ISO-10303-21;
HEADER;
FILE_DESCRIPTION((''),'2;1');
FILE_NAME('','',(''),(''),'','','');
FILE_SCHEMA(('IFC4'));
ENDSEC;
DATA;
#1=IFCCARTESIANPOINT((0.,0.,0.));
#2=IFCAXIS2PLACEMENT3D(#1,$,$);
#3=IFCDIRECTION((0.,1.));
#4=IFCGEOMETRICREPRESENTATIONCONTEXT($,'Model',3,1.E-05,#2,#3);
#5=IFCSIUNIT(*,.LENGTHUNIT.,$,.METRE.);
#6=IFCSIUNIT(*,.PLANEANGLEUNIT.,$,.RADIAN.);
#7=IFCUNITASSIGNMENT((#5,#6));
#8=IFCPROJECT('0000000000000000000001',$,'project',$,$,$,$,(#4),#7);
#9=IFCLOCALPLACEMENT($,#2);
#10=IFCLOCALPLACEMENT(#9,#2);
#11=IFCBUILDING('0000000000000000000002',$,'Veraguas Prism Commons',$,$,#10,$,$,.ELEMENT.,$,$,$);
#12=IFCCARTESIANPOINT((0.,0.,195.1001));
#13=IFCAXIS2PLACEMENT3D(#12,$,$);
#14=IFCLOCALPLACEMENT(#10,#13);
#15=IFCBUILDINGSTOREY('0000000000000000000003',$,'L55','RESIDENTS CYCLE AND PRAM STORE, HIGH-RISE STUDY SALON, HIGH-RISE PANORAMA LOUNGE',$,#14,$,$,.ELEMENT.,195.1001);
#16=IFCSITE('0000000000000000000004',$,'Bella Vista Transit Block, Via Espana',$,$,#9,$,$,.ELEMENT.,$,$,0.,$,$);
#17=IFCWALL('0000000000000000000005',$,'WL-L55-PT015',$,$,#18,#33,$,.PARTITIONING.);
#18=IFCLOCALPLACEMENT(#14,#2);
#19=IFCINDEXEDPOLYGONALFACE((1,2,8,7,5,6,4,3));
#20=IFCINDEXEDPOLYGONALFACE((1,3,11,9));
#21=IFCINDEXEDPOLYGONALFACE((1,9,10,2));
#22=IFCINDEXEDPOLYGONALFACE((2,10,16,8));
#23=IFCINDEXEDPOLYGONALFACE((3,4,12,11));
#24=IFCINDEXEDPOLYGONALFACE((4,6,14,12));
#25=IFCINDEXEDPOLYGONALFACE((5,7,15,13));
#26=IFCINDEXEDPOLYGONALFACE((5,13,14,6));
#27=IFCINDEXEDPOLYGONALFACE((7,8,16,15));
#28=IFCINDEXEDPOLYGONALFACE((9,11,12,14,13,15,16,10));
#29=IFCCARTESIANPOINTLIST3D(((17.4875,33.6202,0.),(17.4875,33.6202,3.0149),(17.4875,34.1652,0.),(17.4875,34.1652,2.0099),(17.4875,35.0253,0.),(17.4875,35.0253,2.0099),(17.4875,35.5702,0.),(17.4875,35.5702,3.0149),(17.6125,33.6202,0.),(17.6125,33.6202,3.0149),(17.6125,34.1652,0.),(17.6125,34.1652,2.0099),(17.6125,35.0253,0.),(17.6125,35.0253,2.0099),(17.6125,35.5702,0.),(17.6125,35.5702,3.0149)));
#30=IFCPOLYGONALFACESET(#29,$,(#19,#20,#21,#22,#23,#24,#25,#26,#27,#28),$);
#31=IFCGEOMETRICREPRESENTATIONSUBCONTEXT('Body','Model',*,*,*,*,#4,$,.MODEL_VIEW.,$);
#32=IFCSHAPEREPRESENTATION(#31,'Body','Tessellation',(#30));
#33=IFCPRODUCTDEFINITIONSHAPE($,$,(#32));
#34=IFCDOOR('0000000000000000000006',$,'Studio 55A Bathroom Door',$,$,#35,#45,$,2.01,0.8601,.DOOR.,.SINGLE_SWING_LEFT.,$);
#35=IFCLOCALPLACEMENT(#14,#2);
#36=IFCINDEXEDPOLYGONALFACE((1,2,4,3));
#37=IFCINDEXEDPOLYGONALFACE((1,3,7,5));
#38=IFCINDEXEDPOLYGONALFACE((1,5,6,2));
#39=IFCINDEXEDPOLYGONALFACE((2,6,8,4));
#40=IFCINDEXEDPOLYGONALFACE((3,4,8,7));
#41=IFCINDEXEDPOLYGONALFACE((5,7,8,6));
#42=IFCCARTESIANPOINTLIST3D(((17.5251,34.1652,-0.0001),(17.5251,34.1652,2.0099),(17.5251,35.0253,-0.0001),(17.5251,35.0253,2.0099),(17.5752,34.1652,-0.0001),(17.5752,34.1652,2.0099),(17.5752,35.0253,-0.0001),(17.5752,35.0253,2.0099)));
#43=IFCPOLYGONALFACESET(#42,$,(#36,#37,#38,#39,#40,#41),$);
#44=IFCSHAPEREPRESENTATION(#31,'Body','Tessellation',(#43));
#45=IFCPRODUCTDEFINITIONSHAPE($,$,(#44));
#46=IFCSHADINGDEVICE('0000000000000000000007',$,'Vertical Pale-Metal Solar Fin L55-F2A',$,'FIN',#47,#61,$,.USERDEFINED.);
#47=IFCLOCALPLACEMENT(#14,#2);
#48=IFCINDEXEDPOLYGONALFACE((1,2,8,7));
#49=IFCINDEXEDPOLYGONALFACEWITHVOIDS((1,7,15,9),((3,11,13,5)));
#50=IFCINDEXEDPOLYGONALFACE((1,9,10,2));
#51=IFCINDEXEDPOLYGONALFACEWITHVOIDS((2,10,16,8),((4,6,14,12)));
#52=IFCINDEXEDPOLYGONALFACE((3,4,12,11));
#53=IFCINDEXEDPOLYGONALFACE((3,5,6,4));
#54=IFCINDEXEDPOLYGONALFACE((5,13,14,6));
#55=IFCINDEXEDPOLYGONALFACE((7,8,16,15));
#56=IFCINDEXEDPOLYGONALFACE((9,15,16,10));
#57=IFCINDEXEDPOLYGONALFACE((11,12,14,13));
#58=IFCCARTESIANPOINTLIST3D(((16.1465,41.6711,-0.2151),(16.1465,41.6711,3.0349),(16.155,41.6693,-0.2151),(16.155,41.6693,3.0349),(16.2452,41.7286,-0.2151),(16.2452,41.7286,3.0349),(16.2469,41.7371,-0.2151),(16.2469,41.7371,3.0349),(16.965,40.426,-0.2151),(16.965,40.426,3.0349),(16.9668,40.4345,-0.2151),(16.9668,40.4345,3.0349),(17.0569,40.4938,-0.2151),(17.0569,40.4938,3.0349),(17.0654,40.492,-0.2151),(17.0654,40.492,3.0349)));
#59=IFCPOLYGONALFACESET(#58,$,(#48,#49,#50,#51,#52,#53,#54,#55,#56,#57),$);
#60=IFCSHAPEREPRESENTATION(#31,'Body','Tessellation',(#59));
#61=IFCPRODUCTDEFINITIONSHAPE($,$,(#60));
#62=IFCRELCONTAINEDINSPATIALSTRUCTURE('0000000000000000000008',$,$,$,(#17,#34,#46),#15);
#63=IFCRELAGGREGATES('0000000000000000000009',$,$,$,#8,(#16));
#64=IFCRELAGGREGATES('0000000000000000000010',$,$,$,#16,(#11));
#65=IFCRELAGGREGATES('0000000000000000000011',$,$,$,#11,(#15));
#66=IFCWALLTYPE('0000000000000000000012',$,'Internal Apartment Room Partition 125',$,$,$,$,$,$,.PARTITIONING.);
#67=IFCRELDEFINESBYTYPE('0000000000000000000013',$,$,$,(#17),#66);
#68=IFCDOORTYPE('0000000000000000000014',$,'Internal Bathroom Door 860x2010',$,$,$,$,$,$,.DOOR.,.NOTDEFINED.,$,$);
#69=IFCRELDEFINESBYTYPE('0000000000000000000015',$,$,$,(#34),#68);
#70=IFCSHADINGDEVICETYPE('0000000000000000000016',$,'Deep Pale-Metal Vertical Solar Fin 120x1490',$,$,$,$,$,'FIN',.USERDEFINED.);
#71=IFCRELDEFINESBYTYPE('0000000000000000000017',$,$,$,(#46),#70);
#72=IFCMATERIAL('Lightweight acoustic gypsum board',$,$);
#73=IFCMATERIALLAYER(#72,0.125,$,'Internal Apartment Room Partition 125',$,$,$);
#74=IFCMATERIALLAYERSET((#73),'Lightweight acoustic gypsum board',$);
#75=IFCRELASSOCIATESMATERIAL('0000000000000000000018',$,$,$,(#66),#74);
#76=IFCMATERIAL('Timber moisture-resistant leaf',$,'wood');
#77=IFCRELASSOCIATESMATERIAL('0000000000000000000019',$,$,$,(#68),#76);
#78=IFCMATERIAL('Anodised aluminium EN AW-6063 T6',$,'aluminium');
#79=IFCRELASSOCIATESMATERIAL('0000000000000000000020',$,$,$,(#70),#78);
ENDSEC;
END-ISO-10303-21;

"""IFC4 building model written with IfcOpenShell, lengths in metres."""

from ifc_helpers import new_model, si_unit, direction, frame, frame_2d, origin, origin_2d, place, context, subcontext, project, spatial, rectangle, hollow_rectangle, extrude, source, transform, mapped, material, layer, layer_set, material_profile, profile_set, type_object, element, fill, save


model = new_model("IFC4")

# Units and contexts
model_context = context("Model", 3, precision=1e-05, world=origin(), true_north=direction((0.0, 1.0)))
body_context = subcontext(model_context, "Body", "Model", "MODEL_VIEW")
ifc_project = project(units=[si_unit("LENGTHUNIT", "METRE"), si_unit("PLANEANGLEUNIT", "RADIAN")], contexts=[model_context])

# Site, building, storey
site_placement = place(None, origin())
site = spatial("IfcSite", under=ifc_project, at=site_placement, Name="Bella Vista Transit Block, Via Espana", CompositionType="ELEMENT", RefElevation=0.0)
building_placement = place(site_placement, origin())
building = spatial("IfcBuilding", under=site, at=building_placement, Name="Veraguas Prism Commons", CompositionType="ELEMENT")
storey_placement = place(building_placement, frame((0.0, 0.0, 195.1001)))
storey = spatial("IfcBuildingStorey", under=building, at=storey_placement, Name="L55", Description="RESIDENTS CYCLE AND PRAM STORE, HIGH-RISE STUDY SALON, HIGH-RISE PANORAMA LOUNGE", CompositionType="ELEMENT", Elevation=195.1001)

# Shared definitions
ifc_material_1 = material(Name="Anodised aluminium EN AW-6063 T6", Category="aluminium")

# Wall, opening, door
ifc_material_2 = material(Name="Lightweight acoustic gypsum board")
ifc_layer_1 = layer(ifc_material_2, 0.125, Name="Internal Apartment Room Partition 125")
ifc_layer_set_1 = layer_set([ifc_layer_1], Name="Lightweight acoustic gypsum board")
wall_type_1 = type_object("IfcWallType", Name="Internal Apartment Room Partition 125", PredefinedType="PARTITIONING", material=ifc_layer_set_1)
wall_1_placement = place(storey_placement, frame((17.55, 33.6201, 0.0), z_axis=(0.0, 0.0, 1.0), x_axis=(0.0, 1.0, 0.0)))
wall_1 = element("IfcWall", 1, at=wall_1_placement, inside=storey, type_object=wall_type_1, Name="WL-L55-PT015", PredefinedType="PARTITIONING", context=body_context, shape_type="SweptSolid", body=[
    extrude(rectangle(XDim=1.95, YDim=0.125, at=frame_2d((0.9751, 0.0))), origin(), (0.0, 0.0, 1.0), 3.0149),
])
opening_1_placement = place(wall_1_placement, frame((0.5449, 0.0, 0.0)))
opening_1 = element("IfcOpeningElement", 2, at=opening_1_placement, cuts=wall_1, PredefinedType="OPENING", context=body_context, shape_type="SweptSolid", body=[
    extrude(rectangle(XDim=0.8601, YDim=2.01, at=frame_2d((0.4302, 1.0049))), frame((0.0, 0.0725, 0.0), z_axis=(0.0, -1.0, 0.0), x_axis=(1.0, 0.0, 0.0)), (0.0, 0.0, 1.0), 0.145),
])
ifc_material_3 = material(Name="Timber moisture-resistant leaf", Category="wood")
door_type_1 = type_object("IfcDoorType", Name="Internal Bathroom Door 860x2010", OperationType="NOTDEFINED", PredefinedType="DOOR", material=ifc_material_3)
shared_shape_1 = source(origin(), body_context, "Body", "SweptSolid", [
    extrude(rectangle(XDim=0.8601, YDim=2.01, at=frame_2d((0.4302, 1.0049))), frame((0.0, 0.0249, 0.0), z_axis=(0.0, -1.0, 0.0), x_axis=(1.0, 0.0, 0.0)), (0.0, 0.0, 1.0), 0.05),
])
door_1_placement = place(opening_1_placement, origin())
door_1 = element("IfcDoor", 3, at=door_1_placement, inside=storey, type_object=door_type_1, Name="Studio 55A Bathroom Door", OperationType="SINGLE_SWING_LEFT", OverallHeight=2.01, OverallWidth=0.8601, PredefinedType="DOOR", context=body_context, shape_type="MappedRepresentation", body=[
    mapped(shared_shape_1, transform((0.0, 0.0, 0.0), scale=1.0)),
])
fill(opening_1, door_1)

# Shading device
ifc_material_profile_1 = material_profile(ifc_material_1, hollow_rectangle(XDim=0.1201, YDim=1.49, WallThickness=0.0061, at=origin_2d()), Name="FIN120X1490X6")
ifc_profile_set_1 = profile_set([ifc_material_profile_1], Name="Anodised aluminium EN AW-6063 T6")
shading_device_type = type_object("IfcShadingDeviceType", Name="Deep Pale-Metal Vertical Solar Fin 120x1490", ElementType="FIN", PredefinedType="USERDEFINED", material=ifc_profile_set_1)
shading_device_placement = place(storey_placement, frame((16.606, 41.0815, -0.2151), z_axis=(0.0, 0.0, 1.0), x_axis=(-0.835618, -0.549312, 0.0)))
element("IfcShadingDevice", 4, at=shading_device_placement, inside=storey, type_object=shading_device_type, Name="Vertical Pale-Metal Solar Fin L55-F2A", ObjectType="FIN", PredefinedType="USERDEFINED", context=body_context, shape_type="SweptSolid", body=[
    extrude(hollow_rectangle(XDim=0.1201, YDim=1.49, WallThickness=0.0061, at=origin_2d()), origin(), (0.0, 0.0, 1.0), 3.25),
])

save(model, "model.ifc")
